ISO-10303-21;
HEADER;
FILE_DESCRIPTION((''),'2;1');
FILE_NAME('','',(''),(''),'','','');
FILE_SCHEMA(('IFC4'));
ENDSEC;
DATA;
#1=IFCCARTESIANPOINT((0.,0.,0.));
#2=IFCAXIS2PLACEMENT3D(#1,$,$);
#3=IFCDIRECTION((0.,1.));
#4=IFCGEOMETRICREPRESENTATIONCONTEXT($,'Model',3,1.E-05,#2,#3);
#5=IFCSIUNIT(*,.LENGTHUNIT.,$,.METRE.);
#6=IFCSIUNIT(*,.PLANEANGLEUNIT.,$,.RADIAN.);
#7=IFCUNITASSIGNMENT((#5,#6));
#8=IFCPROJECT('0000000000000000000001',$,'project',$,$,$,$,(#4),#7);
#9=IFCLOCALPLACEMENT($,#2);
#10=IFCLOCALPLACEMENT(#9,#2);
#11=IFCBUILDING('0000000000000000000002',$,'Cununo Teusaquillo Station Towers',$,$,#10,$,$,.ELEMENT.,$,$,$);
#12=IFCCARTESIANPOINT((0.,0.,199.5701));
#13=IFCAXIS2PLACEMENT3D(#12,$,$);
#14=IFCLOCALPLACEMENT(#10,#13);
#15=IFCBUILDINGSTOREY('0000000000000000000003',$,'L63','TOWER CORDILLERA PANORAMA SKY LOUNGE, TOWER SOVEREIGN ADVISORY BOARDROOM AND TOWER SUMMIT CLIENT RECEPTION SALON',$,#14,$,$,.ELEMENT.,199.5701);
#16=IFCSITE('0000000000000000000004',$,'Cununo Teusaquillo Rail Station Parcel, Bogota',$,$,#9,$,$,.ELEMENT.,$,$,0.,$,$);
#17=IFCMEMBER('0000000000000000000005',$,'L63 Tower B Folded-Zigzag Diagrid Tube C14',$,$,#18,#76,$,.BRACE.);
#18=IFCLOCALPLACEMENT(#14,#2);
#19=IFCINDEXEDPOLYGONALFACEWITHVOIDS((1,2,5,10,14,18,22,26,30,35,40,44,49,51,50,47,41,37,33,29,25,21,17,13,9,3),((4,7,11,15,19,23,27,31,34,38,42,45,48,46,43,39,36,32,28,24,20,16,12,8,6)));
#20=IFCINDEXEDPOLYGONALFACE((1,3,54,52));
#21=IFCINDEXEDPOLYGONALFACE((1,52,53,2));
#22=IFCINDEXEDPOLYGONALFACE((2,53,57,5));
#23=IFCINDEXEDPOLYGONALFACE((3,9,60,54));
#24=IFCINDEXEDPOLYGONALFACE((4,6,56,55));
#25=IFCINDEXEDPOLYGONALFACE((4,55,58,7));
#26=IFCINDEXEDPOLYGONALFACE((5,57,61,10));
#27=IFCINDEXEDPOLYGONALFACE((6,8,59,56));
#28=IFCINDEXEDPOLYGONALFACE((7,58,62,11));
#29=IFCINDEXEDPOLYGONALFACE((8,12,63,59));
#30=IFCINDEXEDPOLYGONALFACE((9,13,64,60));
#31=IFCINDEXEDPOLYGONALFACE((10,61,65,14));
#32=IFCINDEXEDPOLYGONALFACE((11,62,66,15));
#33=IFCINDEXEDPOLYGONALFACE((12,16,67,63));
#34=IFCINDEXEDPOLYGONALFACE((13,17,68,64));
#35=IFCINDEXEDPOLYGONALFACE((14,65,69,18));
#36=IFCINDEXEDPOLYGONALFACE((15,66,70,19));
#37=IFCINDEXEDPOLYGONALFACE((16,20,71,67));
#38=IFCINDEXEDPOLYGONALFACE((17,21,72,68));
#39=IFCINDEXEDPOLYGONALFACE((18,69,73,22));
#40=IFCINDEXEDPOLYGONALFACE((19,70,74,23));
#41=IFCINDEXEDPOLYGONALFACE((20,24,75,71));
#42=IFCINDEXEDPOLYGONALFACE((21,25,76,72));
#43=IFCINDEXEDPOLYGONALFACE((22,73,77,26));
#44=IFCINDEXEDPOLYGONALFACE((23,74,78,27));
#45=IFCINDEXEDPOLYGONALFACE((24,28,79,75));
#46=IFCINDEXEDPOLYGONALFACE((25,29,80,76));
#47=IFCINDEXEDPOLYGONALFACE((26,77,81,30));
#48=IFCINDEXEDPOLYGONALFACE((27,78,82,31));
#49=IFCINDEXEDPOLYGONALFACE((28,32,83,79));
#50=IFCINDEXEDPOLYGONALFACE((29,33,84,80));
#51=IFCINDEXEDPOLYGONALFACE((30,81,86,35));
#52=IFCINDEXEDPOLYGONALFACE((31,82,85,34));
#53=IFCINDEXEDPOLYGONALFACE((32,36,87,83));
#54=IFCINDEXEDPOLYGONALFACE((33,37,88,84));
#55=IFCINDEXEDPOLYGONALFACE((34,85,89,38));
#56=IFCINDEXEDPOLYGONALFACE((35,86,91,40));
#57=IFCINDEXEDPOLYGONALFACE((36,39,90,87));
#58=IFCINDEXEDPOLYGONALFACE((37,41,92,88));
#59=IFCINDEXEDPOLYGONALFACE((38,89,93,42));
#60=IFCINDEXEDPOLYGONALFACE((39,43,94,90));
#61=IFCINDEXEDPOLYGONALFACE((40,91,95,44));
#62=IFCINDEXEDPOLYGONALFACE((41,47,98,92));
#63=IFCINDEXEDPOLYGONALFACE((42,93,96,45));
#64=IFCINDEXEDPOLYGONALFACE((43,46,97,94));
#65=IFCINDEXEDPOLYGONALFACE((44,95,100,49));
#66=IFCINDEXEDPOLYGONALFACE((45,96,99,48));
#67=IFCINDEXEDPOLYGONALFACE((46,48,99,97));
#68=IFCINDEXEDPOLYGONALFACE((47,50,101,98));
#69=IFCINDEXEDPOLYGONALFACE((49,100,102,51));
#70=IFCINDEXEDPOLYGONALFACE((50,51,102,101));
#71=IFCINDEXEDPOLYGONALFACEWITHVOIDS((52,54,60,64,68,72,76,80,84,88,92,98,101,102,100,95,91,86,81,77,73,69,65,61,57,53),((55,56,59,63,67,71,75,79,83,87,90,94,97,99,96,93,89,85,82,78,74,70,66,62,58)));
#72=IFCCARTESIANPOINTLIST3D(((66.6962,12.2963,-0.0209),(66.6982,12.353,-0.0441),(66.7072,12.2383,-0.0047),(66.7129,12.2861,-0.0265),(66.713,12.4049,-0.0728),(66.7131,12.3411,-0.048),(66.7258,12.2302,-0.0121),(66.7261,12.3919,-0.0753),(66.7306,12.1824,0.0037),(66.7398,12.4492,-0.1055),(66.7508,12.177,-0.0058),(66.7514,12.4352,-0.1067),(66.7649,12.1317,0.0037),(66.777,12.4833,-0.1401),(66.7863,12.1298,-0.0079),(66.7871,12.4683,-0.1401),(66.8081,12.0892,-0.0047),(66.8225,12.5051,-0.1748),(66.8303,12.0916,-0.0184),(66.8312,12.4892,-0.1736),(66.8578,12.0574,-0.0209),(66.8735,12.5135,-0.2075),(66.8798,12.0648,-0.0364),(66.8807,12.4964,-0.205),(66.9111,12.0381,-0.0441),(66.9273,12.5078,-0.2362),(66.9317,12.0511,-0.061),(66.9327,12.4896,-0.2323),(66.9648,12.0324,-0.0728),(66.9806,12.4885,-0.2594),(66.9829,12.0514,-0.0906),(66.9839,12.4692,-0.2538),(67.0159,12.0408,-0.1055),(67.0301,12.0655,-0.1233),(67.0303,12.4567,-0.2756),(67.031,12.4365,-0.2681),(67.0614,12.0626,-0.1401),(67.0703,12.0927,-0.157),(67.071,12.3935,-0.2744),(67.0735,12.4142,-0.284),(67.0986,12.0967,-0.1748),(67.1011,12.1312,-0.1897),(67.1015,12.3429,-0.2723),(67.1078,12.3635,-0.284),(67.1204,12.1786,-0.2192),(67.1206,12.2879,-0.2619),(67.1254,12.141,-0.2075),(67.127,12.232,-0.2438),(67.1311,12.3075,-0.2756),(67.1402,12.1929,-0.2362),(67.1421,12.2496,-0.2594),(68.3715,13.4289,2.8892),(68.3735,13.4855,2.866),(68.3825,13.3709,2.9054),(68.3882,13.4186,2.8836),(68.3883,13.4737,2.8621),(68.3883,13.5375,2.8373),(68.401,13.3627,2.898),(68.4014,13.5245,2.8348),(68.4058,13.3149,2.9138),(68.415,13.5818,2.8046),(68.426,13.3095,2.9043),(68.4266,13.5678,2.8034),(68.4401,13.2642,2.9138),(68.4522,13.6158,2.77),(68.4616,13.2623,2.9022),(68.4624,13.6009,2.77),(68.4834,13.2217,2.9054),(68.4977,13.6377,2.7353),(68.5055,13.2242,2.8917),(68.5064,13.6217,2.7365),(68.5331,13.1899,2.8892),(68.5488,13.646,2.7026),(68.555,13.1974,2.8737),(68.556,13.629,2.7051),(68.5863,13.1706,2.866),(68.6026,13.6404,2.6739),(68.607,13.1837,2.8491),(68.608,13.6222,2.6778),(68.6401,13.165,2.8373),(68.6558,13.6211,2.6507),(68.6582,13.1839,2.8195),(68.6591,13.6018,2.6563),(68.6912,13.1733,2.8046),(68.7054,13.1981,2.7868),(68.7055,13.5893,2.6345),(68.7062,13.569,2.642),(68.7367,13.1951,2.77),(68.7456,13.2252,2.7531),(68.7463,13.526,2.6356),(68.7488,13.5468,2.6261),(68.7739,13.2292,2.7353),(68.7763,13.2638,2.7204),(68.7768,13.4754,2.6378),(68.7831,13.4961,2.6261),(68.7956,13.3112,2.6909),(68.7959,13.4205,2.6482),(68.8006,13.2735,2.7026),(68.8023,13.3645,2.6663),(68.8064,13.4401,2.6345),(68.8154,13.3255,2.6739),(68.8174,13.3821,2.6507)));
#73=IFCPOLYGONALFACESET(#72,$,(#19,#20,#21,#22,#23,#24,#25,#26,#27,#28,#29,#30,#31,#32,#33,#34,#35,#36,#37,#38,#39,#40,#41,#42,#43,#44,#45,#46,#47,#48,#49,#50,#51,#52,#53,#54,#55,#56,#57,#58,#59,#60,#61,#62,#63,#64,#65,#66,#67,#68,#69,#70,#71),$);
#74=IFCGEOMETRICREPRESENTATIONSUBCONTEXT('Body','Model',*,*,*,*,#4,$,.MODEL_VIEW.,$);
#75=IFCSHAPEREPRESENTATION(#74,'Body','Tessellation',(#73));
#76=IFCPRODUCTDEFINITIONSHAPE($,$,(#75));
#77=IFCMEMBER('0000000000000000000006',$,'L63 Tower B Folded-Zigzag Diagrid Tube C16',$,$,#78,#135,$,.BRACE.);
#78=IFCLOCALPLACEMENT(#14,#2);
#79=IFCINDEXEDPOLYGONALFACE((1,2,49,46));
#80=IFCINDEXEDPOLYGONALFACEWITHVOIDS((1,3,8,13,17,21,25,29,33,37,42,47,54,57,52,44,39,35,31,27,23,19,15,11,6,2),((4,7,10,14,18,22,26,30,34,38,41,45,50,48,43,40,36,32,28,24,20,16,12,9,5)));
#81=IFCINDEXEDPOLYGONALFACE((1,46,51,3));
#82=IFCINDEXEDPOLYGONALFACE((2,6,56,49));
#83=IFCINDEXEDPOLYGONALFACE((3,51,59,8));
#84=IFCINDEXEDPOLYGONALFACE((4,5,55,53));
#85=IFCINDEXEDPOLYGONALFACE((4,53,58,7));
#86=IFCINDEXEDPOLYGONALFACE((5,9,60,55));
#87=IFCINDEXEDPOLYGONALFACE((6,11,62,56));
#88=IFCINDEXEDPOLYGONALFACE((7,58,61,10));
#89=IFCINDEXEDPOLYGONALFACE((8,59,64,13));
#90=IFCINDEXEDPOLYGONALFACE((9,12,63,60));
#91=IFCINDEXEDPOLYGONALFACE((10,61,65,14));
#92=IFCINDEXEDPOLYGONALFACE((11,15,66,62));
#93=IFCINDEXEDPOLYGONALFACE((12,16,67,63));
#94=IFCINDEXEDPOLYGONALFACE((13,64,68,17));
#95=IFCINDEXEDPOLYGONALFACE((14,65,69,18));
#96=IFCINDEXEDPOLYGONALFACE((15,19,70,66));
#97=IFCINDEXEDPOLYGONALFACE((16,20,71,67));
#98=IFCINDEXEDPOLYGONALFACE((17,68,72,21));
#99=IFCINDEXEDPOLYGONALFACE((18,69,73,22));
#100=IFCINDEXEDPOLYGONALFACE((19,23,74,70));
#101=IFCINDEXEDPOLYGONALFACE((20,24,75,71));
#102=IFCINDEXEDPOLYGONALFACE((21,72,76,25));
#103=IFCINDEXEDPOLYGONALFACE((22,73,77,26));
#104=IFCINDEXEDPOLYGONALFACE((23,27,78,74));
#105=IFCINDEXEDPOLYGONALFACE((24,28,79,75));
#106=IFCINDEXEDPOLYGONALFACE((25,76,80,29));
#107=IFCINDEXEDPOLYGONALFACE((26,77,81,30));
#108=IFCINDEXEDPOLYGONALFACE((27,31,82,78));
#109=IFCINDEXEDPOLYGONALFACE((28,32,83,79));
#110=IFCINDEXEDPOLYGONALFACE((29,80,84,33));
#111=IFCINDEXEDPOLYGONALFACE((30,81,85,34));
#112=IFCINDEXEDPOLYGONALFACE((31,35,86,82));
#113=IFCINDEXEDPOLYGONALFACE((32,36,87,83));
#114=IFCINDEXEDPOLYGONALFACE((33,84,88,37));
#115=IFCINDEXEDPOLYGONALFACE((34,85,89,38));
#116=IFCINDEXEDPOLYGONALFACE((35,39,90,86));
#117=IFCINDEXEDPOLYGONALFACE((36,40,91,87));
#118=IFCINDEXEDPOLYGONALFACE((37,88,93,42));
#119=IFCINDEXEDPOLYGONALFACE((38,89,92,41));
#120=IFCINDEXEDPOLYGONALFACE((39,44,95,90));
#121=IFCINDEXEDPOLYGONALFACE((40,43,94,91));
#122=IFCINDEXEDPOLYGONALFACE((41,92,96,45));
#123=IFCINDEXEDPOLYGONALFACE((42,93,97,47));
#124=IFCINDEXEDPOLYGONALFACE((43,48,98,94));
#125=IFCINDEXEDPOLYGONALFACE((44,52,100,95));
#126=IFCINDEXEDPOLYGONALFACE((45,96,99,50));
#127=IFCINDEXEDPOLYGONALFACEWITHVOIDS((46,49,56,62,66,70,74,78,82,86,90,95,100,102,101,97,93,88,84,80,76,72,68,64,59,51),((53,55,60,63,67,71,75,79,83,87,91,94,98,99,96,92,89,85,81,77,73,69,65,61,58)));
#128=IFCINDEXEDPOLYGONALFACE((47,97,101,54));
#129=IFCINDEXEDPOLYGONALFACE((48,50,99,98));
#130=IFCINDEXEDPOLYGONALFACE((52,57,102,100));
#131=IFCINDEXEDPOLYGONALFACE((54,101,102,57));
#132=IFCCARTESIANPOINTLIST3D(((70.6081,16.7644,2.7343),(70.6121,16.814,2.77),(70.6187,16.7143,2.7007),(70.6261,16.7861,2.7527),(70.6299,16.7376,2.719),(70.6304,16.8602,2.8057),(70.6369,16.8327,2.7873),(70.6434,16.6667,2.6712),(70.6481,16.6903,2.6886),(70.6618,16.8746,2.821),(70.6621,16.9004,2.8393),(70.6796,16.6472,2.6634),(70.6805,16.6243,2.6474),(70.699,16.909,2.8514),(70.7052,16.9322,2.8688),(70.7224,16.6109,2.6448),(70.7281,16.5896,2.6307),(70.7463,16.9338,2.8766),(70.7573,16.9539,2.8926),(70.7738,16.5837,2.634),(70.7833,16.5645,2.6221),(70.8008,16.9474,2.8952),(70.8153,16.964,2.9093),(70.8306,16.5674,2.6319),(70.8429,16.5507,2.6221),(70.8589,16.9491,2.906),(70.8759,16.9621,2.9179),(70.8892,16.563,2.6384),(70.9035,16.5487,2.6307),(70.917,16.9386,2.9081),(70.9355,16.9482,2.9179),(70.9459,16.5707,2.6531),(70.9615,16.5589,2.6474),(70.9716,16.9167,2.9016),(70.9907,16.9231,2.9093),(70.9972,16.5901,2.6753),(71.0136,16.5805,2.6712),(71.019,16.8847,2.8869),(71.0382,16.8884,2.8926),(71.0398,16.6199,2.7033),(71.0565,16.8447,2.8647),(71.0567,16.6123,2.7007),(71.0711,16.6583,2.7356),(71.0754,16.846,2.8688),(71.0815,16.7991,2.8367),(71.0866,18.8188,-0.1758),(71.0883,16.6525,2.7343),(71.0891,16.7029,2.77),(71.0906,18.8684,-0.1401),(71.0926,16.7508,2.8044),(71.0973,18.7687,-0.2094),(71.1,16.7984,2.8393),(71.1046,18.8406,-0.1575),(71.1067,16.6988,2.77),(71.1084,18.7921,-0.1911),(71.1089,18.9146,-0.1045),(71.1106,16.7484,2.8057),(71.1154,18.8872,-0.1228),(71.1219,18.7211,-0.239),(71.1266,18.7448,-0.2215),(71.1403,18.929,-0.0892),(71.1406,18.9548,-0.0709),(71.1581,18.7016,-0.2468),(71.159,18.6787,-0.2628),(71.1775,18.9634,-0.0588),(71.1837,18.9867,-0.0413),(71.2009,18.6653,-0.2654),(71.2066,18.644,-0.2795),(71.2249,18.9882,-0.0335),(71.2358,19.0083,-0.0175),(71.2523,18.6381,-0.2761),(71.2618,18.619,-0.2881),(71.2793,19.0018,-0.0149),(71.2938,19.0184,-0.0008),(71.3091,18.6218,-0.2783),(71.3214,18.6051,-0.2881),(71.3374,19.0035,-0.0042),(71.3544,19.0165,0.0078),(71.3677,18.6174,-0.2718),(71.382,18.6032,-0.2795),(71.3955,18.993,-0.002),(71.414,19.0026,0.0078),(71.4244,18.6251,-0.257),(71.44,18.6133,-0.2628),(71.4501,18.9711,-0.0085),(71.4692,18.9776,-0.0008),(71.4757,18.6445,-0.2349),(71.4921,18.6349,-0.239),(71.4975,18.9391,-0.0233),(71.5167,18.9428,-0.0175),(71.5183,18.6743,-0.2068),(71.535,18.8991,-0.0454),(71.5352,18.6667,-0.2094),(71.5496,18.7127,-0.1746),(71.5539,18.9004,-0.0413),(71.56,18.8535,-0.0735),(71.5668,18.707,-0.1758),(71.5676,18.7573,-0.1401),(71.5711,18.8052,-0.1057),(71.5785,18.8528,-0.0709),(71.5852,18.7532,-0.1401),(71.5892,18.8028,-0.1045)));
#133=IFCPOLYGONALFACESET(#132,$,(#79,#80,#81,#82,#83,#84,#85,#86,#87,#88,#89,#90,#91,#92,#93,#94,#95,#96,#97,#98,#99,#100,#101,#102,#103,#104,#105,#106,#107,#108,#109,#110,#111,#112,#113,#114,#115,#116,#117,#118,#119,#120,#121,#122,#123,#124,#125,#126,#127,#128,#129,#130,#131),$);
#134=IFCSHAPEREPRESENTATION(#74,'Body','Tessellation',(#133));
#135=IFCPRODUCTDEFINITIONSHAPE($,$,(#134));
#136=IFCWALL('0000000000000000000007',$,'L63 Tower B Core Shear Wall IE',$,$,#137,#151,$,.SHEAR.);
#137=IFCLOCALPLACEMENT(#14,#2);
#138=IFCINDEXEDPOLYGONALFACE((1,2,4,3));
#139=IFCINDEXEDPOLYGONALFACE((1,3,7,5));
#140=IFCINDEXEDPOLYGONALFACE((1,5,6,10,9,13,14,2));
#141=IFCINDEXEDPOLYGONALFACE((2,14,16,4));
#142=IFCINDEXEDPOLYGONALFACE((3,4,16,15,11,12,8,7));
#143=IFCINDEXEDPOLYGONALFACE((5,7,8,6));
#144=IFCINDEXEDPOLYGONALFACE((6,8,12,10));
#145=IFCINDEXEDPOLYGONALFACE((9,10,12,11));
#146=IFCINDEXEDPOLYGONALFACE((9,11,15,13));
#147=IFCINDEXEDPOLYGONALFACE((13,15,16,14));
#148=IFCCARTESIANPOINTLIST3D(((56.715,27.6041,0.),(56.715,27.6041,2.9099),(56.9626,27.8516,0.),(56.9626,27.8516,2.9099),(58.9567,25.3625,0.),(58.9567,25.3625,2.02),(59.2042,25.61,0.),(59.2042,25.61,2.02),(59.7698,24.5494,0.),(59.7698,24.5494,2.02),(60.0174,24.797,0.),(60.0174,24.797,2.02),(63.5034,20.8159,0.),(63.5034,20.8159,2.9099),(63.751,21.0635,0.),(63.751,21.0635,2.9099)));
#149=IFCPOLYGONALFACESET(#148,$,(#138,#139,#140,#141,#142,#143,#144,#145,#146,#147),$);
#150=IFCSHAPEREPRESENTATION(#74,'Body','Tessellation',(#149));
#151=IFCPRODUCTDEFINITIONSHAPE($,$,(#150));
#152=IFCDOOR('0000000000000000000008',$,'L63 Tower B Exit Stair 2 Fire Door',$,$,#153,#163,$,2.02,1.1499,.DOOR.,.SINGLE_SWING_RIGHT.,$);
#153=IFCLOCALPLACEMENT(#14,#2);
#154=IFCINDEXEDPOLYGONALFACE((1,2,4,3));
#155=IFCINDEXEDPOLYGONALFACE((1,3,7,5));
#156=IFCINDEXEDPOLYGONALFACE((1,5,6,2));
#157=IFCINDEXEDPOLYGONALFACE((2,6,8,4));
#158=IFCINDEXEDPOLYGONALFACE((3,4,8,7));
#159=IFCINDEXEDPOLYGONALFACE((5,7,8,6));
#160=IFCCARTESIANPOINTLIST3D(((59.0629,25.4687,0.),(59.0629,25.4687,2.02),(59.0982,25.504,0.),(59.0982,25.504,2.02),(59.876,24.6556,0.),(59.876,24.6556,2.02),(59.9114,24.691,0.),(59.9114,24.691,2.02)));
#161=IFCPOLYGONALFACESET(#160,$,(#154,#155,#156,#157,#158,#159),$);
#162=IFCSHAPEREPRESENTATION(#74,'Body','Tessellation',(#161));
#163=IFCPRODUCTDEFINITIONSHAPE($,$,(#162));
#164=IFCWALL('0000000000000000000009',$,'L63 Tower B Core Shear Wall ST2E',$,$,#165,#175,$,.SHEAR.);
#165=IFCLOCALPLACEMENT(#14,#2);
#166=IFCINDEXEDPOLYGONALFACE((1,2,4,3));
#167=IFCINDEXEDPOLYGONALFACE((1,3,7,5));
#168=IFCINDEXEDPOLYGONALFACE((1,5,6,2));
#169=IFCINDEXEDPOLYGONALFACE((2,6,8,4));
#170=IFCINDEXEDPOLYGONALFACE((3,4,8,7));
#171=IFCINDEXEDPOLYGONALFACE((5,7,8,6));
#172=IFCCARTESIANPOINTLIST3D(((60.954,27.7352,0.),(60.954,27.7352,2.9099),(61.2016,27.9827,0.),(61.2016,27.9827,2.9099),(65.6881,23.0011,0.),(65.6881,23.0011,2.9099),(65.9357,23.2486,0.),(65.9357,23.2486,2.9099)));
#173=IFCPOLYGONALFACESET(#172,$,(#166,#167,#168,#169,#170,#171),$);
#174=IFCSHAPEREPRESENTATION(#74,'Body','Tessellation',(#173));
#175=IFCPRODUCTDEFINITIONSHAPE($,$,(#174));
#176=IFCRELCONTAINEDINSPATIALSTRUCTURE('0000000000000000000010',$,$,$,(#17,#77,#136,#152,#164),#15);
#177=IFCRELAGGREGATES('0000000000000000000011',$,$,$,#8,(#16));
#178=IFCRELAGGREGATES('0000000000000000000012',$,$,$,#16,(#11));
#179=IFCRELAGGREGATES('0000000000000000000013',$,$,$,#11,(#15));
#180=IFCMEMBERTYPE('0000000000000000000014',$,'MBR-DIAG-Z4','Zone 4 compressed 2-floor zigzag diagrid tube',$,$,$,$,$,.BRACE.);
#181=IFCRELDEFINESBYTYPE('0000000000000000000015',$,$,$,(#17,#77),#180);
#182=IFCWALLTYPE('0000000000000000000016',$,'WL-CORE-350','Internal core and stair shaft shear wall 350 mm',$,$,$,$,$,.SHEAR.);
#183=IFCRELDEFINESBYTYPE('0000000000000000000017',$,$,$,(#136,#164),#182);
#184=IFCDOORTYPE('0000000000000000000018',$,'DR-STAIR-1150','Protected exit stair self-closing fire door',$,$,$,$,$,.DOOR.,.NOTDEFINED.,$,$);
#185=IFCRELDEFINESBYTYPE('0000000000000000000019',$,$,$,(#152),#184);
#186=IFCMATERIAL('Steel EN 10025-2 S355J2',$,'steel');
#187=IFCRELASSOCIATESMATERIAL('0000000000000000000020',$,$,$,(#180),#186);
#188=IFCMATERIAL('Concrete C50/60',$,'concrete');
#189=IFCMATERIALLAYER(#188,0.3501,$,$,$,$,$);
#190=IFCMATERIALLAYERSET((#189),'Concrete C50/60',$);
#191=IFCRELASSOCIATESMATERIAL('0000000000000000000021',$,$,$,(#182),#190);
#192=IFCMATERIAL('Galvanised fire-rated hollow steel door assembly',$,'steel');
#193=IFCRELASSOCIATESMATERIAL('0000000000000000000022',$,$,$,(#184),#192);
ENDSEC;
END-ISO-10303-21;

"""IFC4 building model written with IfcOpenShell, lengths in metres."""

from ifc_helpers import new_model, si_unit, direction, frame, frame_2d, origin, origin_2d, place, context, subcontext, project, spatial, rectangle, hollow_circle, extrude, source, transform, mapped, material, layer, layer_set, material_profile, profile_set, type_object, element, fill, save


model = new_model("IFC4")

# Units and contexts
model_context = context("Model", 3, precision=1e-05, world=origin(), true_north=direction((0.0, 1.0)))
body_context = subcontext(model_context, "Body", "Model", "MODEL_VIEW")
ifc_project = project(units=[si_unit("LENGTHUNIT", "METRE"), si_unit("PLANEANGLEUNIT", "RADIAN")], contexts=[model_context])

# Site, building, storey
site_placement = place(None, origin())
site = spatial("IfcSite", under=ifc_project, at=site_placement, Name="Cununo Teusaquillo Rail Station Parcel, Bogota", CompositionType="ELEMENT", RefElevation=0.0)
building_placement = place(site_placement, origin())
building = spatial("IfcBuilding", under=site, at=building_placement, Name="Cununo Teusaquillo Station Towers", CompositionType="ELEMENT")
storey_placement = place(building_placement, frame((0.0, 0.0, 199.5701)))
storey = spatial("IfcBuildingStorey", under=building, at=storey_placement, Name="L63", Description="TOWER CORDILLERA PANORAMA SKY LOUNGE, TOWER SOVEREIGN ADVISORY BOARDROOM AND TOWER SUMMIT CLIENT RECEPTION SALON", CompositionType="ELEMENT", Elevation=199.5701)

# Members
ifc_material_1 = material(Name="Steel EN 10025-2 S355J2", Category="steel")
ifc_material_profile_1 = material_profile(ifc_material_1, hollow_circle(Radius=0.2539, WallThickness=0.0181, at=origin_2d()), Name="CHS 508x18")
ifc_profile_set_1 = profile_set([ifc_material_profile_1], Name="Steel EN 10025-2 S355J2")
member_type = type_object("IfcMemberType", Name="MBR-DIAG-Z4", Description="Zone 4 compressed 2-floor zigzag diagrid tube", PredefinedType="BRACE", material=ifc_profile_set_1)
member_1_placement = place(storey_placement, frame((66.9192, 12.2729, -0.1401), z_axis=(0.472743, 0.319594, 0.821203), x_axis=(-0.560066, 0.828448, 0.0)))
element("IfcMember", 1, at=member_1_placement, inside=storey, type_object=member_type, Name="L63 Tower B Folded-Zigzag Diagrid Tube C14", PredefinedType="BRACE", context=body_context, shape_type="SweptSolid", body=[
    extrude(hollow_circle(Radius=0.2539, WallThickness=0.0181, at=origin_2d()), origin(), (0.0, 0.0, 1.0), 3.5437),
])
member_2_placement = place(storey_placement, frame((71.3379, 18.8108, -0.1401), z_axis=(-0.133133, -0.57159, 0.809667), x_axis=(0.973931, -0.226845, 0.0)))
element("IfcMember", 2, at=member_2_placement, inside=storey, type_object=member_type, Name="L63 Tower B Folded-Zigzag Diagrid Tube C16", PredefinedType="BRACE", context=body_context, shape_type="SweptSolid", body=[
    extrude(hollow_circle(Radius=0.2539, WallThickness=0.0181, at=origin_2d()), origin(), (0.0, 0.0, 1.0), 3.5942),
])

# Wall, opening, door
ifc_material_2 = material(Name="Concrete C50/60", Category="concrete")
ifc_layer_1 = layer(ifc_material_2, 0.3501)
ifc_layer_set_1 = layer_set([ifc_layer_1], Name="Concrete C50/60")
wall_type_1 = type_object("IfcWallType", Name="WL-CORE-350", Description="Internal core and stair shaft shear wall 350 mm", PredefinedType="SHEAR", material=ifc_layer_set_1)
wall_1_placement = place(storey_placement, frame((63.6272, 20.9397, 0.0), z_axis=(0.0, 0.0, 1.0), x_axis=(-0.707119, 0.707094, 0.0)))
wall_1 = element("IfcWall", 3, at=wall_1_placement, inside=storey, type_object=wall_type_1, Name="L63 Tower B Core Shear Wall IE", PredefinedType="SHEAR", context=body_context, shape_type="SweptSolid", body=[
    extrude(rectangle(XDim=9.6001, YDim=0.3501, at=frame_2d((4.8, 0.0))), origin(), (0.0, 0.0, 1.0), 2.9099),
])
shared_shape_1 = source(origin(), body_context, "Body", "SweptSolid", [
    extrude(rectangle(XDim=1.1499, YDim=2.02, at=frame_2d((0.575, 1.01))), frame((0.0, 0.1851, 0.0), z_axis=(0.0, -1.0, 0.0), x_axis=(1.0, 0.0, 0.0)), (0.0, 0.0, 1.0), 0.3701),
])
opening_1_placement = place(wall_1_placement, frame((5.28, 0.0, 0.0)))
opening_1 = element("IfcOpeningElement", 4, at=opening_1_placement, cuts=wall_1, PredefinedType="OPENING", context=body_context, shape_type="MappedRepresentation", body=[
    mapped(shared_shape_1, transform((0.0, 0.0, 0.0), x_axis=(1.0, 0.0, 0.0), y_axis=(0.0, 1.0, 0.0), z_axis=(0.0, 0.0, 1.0), scale=1.0)),
])
ifc_material_3 = material(Name="Galvanised fire-rated hollow steel door assembly", Category="steel")
door_type_1 = type_object("IfcDoorType", Name="DR-STAIR-1150", Description="Protected exit stair self-closing fire door", OperationType="NOTDEFINED", PredefinedType="DOOR", material=ifc_material_3)
shared_shape_2 = source(origin(), body_context, "Body", "SweptSolid", [
    extrude(rectangle(XDim=1.1499, YDim=2.02, at=frame_2d((0.575, 1.01))), frame((0.0, 0.0249, 0.0), z_axis=(0.0, -1.0, 0.0), x_axis=(1.0, 0.0, 0.0)), (0.0, 0.0, 1.0), 0.05),
])
door_1_placement = place(opening_1_placement, origin())
door_1 = element("IfcDoor", 5, at=door_1_placement, inside=storey, type_object=door_type_1, Name="L63 Tower B Exit Stair 2 Fire Door", OperationType="SINGLE_SWING_RIGHT", OverallHeight=2.02, OverallWidth=1.1499, PredefinedType="DOOR", context=body_context, shape_type="MappedRepresentation", body=[
    mapped(shared_shape_2, transform((0.0, 0.0, 0.0), x_axis=(1.0, 0.0, 0.0), y_axis=(0.0, 1.0, 0.0), z_axis=(0.0, 0.0, 1.0), scale=1.0)),
])
fill(opening_1, door_1)

# Wall
wall_2_placement = place(storey_placement, frame((65.812, 23.1248, 0.0), z_axis=(0.0, 0.0, 1.0), x_axis=(-0.707107, 0.707107, 0.0)))
element("IfcWall", 6, at=wall_2_placement, inside=storey, type_object=wall_type_1, Name="L63 Tower B Core Shear Wall ST2E", PredefinedType="SHEAR", context=body_context, shape_type="SweptSolid", body=[
    extrude(rectangle(XDim=6.6951, YDim=0.3501, at=frame_2d((3.3477, 0.0))), origin(), (0.0, 0.0, 1.0), 2.9099),
])

save(model, "model.ifc")
